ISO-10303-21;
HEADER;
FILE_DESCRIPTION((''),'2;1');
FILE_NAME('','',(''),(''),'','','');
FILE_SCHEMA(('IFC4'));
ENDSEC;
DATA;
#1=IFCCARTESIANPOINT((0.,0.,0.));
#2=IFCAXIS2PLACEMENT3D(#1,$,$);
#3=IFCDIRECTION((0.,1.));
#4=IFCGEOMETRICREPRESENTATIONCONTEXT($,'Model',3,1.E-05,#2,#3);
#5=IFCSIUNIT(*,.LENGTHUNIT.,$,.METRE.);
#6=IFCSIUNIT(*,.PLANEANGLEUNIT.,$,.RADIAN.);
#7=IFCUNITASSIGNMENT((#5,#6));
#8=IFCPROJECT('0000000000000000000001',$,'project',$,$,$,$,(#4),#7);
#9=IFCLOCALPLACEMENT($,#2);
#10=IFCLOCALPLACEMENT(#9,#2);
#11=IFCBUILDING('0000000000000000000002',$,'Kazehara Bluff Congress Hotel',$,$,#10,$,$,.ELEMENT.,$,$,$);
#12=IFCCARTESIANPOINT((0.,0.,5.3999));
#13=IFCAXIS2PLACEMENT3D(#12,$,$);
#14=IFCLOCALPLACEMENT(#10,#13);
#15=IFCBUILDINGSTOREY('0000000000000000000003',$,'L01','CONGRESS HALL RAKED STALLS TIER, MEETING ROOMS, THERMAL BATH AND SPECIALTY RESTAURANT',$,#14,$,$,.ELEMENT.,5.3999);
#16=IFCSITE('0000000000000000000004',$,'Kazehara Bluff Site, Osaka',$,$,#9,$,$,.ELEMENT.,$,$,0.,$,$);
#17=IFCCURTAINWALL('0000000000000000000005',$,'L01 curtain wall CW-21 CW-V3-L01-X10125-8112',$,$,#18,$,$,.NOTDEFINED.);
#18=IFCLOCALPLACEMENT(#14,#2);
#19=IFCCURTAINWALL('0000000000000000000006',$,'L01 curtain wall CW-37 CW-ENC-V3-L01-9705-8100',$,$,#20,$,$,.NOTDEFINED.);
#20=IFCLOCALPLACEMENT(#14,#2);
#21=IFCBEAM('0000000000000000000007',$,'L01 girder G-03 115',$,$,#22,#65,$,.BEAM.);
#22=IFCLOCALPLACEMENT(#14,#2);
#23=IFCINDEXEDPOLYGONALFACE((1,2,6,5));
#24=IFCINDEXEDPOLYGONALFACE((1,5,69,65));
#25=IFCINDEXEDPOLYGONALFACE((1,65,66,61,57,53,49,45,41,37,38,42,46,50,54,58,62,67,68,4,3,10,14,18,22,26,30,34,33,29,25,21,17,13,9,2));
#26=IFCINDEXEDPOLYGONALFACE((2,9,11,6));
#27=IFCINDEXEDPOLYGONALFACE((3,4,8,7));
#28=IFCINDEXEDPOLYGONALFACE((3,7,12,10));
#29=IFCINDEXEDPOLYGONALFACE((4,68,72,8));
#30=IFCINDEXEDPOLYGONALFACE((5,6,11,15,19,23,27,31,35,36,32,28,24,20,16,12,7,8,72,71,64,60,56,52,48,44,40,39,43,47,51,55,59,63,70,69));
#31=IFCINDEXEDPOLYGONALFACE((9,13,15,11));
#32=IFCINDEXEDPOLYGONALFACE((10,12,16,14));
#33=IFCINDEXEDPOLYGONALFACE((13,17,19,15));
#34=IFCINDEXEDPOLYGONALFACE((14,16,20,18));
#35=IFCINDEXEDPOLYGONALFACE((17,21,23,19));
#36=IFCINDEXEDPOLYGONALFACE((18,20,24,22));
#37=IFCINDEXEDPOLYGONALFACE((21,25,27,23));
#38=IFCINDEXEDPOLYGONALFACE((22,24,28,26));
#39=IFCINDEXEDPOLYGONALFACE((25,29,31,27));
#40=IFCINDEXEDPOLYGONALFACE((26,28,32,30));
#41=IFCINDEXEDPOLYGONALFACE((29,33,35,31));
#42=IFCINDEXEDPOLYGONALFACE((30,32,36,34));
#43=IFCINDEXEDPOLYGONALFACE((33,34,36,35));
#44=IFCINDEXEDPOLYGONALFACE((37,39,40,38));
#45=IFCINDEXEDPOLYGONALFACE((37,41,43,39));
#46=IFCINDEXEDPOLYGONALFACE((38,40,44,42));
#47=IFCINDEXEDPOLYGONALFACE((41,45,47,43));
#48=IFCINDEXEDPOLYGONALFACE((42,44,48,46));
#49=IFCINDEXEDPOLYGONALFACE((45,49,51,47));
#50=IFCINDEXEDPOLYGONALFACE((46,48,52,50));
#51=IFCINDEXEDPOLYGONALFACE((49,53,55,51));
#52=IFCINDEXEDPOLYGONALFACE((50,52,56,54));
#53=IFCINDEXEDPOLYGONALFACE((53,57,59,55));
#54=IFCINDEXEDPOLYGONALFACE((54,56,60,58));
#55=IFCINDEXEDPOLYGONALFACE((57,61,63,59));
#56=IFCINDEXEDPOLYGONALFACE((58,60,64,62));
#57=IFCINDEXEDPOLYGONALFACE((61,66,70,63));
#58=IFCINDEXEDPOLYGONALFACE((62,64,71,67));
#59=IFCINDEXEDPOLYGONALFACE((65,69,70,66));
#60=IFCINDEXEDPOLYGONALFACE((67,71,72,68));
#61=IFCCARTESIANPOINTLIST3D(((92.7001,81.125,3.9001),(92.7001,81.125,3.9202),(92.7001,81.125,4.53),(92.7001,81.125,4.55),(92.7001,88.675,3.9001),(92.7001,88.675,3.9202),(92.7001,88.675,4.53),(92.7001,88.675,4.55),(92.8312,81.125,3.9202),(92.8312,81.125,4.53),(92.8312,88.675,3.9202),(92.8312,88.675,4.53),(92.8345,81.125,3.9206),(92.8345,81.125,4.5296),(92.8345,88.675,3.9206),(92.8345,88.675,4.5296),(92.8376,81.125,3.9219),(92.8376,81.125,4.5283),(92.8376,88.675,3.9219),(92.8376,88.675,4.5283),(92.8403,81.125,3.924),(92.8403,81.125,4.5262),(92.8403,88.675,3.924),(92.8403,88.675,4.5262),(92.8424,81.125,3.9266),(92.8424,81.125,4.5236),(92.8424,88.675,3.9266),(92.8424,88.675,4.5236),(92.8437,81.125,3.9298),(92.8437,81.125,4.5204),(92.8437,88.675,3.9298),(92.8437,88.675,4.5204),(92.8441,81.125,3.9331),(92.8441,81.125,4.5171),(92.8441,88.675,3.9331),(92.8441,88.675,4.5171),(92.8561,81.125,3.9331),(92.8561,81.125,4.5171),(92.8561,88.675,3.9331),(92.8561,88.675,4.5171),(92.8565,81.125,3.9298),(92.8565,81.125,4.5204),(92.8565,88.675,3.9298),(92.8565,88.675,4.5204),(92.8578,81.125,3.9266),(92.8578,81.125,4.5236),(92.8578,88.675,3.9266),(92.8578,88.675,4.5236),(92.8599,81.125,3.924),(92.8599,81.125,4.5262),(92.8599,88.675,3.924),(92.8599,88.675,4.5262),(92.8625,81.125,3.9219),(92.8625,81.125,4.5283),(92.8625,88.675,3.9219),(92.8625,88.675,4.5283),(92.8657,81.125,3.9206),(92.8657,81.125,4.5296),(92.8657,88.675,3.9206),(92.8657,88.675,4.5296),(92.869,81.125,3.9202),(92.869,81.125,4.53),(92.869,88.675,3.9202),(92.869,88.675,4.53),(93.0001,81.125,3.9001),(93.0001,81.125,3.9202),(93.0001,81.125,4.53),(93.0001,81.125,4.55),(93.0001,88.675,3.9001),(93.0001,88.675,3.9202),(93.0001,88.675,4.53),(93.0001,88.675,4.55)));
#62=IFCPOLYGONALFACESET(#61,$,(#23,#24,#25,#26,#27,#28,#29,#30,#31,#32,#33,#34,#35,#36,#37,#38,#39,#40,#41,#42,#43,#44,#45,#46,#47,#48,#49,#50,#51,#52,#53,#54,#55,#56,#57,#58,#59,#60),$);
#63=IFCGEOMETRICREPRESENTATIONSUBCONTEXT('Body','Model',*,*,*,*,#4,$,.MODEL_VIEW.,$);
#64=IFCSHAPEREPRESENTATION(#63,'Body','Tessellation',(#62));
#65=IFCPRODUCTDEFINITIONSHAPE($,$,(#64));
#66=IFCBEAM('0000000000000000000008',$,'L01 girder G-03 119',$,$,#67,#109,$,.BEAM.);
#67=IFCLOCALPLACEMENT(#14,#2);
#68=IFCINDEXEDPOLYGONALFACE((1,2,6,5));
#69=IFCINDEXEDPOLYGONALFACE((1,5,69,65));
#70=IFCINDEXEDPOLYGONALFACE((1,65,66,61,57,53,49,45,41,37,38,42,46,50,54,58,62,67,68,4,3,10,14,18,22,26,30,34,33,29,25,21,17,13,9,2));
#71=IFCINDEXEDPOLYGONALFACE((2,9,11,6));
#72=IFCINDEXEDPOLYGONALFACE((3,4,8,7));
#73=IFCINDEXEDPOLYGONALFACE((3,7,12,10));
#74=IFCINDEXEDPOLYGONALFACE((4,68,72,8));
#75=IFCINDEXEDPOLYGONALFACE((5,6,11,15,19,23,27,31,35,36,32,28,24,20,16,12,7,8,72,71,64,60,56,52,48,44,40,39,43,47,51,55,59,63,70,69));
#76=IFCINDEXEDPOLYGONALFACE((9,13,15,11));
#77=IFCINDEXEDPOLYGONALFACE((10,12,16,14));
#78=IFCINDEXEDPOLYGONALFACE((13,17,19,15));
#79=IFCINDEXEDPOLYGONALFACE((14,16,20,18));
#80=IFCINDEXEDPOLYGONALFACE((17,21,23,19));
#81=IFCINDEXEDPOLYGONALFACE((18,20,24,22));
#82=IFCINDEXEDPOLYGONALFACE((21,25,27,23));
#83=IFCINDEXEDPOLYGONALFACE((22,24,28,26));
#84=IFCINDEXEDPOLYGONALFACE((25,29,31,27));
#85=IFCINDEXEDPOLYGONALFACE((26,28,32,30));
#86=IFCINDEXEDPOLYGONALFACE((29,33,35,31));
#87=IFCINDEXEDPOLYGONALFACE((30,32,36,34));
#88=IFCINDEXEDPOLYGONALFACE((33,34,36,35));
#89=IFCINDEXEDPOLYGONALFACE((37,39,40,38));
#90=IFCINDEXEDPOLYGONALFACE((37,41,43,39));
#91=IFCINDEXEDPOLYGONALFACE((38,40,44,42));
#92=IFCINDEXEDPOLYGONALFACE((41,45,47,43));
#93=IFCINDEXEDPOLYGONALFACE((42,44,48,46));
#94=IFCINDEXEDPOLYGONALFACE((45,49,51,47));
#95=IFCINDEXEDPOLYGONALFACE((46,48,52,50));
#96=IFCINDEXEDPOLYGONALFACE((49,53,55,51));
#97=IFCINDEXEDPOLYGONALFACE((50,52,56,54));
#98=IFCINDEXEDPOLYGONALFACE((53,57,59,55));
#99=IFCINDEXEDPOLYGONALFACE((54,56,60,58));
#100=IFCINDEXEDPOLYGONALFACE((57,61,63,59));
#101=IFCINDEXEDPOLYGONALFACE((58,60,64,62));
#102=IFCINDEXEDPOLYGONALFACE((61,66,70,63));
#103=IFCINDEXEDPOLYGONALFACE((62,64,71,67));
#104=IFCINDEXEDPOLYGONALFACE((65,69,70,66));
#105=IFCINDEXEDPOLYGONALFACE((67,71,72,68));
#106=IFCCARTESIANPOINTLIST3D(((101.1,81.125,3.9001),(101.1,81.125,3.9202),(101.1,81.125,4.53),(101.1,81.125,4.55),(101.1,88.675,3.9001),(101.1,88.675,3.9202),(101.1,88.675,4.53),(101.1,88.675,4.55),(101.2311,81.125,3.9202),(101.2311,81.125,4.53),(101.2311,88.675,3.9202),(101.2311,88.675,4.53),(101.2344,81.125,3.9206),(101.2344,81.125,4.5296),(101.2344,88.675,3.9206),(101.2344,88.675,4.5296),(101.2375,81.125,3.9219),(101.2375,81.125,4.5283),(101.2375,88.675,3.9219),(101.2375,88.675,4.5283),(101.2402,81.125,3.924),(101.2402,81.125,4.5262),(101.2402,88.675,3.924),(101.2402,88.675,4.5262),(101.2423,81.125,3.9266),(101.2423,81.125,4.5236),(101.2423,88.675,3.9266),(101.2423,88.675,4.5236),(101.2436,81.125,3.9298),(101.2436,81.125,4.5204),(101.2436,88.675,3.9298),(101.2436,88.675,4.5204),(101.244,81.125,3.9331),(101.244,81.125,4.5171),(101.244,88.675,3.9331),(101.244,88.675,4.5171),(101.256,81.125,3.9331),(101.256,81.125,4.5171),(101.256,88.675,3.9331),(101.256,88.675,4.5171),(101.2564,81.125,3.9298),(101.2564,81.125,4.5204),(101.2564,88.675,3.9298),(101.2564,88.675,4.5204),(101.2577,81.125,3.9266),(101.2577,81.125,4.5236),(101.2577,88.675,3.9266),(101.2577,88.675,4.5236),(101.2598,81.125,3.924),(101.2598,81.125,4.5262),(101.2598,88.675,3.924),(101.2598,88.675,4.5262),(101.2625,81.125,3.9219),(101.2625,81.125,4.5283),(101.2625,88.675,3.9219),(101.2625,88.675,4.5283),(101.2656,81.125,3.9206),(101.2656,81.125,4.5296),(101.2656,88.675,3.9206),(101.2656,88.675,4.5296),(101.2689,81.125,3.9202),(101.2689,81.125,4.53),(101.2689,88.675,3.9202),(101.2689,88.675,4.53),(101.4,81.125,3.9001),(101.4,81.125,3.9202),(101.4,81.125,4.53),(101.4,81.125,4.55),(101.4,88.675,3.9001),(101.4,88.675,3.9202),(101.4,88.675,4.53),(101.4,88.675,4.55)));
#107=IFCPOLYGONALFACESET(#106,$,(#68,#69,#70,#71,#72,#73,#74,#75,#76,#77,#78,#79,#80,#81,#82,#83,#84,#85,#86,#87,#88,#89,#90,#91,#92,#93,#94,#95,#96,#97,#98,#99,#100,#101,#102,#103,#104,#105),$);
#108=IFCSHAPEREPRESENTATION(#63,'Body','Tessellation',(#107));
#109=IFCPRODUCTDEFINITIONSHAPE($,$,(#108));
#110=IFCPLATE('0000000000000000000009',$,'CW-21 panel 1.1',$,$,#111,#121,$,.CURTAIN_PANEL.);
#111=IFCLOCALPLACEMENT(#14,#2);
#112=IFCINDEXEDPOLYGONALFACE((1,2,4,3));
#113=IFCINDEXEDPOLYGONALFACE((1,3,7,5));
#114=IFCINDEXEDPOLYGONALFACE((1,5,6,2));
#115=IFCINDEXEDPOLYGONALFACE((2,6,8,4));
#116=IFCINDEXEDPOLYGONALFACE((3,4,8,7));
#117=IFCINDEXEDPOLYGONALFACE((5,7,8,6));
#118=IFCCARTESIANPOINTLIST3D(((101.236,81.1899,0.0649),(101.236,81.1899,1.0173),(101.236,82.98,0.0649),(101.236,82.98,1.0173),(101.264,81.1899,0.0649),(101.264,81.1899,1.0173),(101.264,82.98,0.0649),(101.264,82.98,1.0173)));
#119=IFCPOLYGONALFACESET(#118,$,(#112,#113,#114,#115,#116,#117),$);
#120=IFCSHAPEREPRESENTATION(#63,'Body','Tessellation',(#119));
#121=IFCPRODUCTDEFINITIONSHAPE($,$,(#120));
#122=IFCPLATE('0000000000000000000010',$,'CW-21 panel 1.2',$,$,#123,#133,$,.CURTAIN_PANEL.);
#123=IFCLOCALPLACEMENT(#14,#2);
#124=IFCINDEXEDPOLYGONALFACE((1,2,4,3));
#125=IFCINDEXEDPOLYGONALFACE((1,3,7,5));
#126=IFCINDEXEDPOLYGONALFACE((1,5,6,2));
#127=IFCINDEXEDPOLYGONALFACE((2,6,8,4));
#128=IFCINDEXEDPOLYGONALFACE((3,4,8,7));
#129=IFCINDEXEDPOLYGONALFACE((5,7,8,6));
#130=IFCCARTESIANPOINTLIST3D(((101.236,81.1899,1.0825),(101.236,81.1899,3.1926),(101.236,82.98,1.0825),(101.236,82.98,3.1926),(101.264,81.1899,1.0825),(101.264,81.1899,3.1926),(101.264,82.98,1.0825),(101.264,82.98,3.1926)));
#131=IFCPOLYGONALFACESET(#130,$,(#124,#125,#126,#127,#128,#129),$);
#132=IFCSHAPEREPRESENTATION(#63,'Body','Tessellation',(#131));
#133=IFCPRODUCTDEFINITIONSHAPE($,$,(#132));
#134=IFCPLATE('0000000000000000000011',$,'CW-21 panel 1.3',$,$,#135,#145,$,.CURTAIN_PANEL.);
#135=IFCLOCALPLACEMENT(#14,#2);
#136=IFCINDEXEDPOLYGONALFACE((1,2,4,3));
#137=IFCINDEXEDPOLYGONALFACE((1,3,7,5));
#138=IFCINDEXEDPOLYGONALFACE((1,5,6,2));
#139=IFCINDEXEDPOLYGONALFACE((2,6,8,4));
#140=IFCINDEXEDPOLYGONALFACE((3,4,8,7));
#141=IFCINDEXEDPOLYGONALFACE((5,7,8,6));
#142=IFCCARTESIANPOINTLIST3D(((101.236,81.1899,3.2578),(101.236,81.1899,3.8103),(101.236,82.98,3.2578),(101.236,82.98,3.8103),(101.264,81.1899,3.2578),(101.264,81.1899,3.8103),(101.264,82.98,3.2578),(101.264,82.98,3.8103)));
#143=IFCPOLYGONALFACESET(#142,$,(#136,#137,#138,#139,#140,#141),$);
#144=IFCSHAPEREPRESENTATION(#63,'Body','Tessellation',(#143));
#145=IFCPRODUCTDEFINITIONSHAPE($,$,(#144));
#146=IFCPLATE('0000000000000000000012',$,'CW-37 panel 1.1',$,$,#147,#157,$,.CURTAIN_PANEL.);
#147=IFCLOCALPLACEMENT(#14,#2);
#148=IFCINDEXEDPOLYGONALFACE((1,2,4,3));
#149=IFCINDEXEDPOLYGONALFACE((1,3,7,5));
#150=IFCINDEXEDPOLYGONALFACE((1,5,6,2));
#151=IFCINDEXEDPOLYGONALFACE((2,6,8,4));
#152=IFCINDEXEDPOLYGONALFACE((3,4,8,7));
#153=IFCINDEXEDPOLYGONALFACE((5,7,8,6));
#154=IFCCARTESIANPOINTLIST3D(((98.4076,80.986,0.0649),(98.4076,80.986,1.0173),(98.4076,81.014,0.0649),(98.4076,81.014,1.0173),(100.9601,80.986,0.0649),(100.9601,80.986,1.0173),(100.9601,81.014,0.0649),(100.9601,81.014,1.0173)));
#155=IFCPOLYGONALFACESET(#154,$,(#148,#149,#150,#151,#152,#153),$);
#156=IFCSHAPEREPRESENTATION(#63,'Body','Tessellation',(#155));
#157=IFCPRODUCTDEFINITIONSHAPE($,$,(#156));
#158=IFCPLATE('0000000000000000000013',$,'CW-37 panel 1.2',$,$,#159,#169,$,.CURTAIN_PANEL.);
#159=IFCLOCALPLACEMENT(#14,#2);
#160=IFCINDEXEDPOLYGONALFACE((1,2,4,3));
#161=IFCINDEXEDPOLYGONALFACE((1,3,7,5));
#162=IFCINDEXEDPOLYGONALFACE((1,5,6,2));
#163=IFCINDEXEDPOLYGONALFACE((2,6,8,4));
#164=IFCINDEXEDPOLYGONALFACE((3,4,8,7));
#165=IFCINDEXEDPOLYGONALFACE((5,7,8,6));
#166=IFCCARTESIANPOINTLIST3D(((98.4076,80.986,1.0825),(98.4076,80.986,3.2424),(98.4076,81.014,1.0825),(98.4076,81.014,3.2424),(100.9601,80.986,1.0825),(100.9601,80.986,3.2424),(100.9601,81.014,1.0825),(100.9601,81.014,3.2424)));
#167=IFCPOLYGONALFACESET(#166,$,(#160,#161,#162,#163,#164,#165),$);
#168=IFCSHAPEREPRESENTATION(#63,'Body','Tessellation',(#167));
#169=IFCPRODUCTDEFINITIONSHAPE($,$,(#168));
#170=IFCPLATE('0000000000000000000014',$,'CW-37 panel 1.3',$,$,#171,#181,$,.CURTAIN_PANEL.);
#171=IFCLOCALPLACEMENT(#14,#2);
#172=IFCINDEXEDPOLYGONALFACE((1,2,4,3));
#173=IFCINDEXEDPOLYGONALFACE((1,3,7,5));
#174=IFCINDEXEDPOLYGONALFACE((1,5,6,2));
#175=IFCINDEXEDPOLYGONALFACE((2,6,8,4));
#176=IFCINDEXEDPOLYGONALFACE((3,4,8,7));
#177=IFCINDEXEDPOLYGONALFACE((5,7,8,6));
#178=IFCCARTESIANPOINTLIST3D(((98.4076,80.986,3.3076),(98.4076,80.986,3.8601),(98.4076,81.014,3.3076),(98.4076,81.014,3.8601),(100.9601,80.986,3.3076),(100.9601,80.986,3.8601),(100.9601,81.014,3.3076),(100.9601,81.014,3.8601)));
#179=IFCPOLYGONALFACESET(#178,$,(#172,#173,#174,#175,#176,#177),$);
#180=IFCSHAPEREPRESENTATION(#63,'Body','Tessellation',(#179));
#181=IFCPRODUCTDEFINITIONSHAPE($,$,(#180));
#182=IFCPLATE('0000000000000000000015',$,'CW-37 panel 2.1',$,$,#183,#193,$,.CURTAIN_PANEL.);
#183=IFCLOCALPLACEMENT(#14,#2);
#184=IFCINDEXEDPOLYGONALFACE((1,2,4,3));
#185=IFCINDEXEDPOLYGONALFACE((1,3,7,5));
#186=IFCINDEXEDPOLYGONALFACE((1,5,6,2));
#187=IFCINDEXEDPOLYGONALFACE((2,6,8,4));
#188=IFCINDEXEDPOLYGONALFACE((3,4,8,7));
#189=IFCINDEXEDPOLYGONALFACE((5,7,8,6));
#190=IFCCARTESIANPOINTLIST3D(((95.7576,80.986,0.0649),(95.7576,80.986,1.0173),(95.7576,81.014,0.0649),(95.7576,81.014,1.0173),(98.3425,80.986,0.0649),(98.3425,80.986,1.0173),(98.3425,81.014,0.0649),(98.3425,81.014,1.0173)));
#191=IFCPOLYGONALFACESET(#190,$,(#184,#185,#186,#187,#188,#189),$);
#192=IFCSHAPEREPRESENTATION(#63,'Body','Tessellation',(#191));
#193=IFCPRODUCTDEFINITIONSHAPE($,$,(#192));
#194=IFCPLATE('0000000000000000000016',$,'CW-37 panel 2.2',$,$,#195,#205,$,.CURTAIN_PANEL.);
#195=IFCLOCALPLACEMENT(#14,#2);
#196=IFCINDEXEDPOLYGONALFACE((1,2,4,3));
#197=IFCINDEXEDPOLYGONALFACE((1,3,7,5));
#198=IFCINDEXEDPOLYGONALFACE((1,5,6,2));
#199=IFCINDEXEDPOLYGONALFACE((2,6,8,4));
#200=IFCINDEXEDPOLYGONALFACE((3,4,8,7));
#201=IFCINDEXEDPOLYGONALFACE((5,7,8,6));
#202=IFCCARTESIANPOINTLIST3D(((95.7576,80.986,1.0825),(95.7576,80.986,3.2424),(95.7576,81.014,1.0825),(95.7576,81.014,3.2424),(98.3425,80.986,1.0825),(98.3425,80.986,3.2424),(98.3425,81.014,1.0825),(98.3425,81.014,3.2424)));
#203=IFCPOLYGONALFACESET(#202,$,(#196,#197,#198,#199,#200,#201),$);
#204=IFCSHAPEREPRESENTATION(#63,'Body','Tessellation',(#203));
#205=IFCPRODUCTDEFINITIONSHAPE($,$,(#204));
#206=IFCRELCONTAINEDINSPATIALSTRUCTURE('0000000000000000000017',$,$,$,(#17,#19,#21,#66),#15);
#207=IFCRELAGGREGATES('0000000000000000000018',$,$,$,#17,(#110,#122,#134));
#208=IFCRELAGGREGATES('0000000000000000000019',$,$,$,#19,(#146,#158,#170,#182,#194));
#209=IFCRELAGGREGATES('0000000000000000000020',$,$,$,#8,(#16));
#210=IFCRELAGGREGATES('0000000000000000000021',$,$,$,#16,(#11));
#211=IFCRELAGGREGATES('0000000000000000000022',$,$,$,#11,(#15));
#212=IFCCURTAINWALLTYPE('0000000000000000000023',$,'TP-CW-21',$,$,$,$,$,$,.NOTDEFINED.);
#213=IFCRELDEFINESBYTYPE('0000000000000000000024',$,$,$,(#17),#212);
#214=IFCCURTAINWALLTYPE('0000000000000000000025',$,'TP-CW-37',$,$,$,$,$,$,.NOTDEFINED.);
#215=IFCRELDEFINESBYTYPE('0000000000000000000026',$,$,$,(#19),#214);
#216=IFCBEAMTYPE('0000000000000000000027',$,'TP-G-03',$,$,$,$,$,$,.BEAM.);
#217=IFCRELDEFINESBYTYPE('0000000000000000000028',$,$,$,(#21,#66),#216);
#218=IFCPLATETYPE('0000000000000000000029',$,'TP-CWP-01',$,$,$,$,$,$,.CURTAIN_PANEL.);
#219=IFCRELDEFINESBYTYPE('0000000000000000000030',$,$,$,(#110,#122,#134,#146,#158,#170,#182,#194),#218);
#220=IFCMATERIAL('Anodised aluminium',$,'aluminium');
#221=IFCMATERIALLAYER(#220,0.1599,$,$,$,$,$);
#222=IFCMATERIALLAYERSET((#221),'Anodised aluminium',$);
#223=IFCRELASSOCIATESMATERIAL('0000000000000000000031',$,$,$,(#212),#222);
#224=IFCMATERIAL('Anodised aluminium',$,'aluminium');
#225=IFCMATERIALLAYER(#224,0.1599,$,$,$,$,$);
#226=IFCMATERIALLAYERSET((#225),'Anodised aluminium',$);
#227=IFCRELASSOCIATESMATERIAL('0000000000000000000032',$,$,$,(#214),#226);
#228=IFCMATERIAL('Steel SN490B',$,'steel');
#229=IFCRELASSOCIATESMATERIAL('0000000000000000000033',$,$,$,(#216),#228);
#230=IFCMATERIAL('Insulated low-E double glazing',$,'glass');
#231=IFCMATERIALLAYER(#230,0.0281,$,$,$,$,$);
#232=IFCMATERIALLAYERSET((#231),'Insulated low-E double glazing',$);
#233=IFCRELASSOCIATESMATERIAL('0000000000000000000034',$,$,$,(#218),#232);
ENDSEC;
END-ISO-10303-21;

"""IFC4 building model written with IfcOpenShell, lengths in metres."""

from ifc_helpers import new_model, si_unit, direction, frame, origin, origin_2d, place, context, subcontext, project, spatial, rectangle, i_section, extrude, material, layer, layer_set, material_profile, profile_set, type_object, element, aggregate, save


model = new_model("IFC4")

# Units and contexts
model_context = context("Model", 3, precision=1e-05, world=origin(), true_north=direction((0.0, 1.0)))
body_context = subcontext(model_context, "Body", "Model", "MODEL_VIEW")
ifc_project = project(units=[si_unit("LENGTHUNIT", "METRE"), si_unit("PLANEANGLEUNIT", "RADIAN")], contexts=[model_context])

# Site, building, storey
site_placement = place(None, origin())
site = spatial("IfcSite", under=ifc_project, at=site_placement, Name="Kazehara Bluff Site, Osaka", CompositionType="ELEMENT", RefElevation=0.0)
building_placement = place(site_placement, origin())
building = spatial("IfcBuilding", under=site, at=building_placement, Name="Kazehara Bluff Congress Hotel", CompositionType="ELEMENT")
storey_placement = place(building_placement, frame((0.0, 0.0, 5.3999)))
storey = spatial("IfcBuildingStorey", under=building, at=storey_placement, Name="L01", Description="CONGRESS HALL RAKED STALLS TIER, MEETING ROOMS, THERMAL BATH AND SPECIALTY RESTAURANT", CompositionType="ELEMENT", Elevation=5.3999)

# Curtain walls
ifc_material_1 = material(Name="Anodised aluminium", Category="aluminium")
ifc_layer_1 = layer(ifc_material_1, 0.1599)
ifc_layer_set_1 = layer_set([ifc_layer_1], Name="Anodised aluminium")
curtain_wall_type_1 = type_object("IfcCurtainWallType", Name="TP-CW-21", PredefinedType="NOTDEFINED", material=ifc_layer_set_1)
curtain_wall_1_placement = place(storey_placement, origin())
curtain_wall_1 = element("IfcCurtainWall", 1, at=curtain_wall_1_placement, inside=storey, type_object=curtain_wall_type_1, Name="L01 curtain wall CW-21 CW-V3-L01-X10125-8112", PredefinedType="NOTDEFINED")
ifc_material_2 = material(Name="Anodised aluminium", Category="aluminium")
ifc_layer_2 = layer(ifc_material_2, 0.1599)
ifc_layer_set_2 = layer_set([ifc_layer_2], Name="Anodised aluminium")
curtain_wall_type_2 = type_object("IfcCurtainWallType", Name="TP-CW-37", PredefinedType="NOTDEFINED", material=ifc_layer_set_2)
curtain_wall_2_placement = place(storey_placement, origin())
curtain_wall_2 = element("IfcCurtainWall", 2, at=curtain_wall_2_placement, inside=storey, type_object=curtain_wall_type_2, Name="L01 curtain wall CW-37 CW-ENC-V3-L01-9705-8100", PredefinedType="NOTDEFINED")

# Beams
ifc_material_3 = material(Name="Steel SN490B", Category="steel")
ifc_material_profile_1 = material_profile(ifc_material_3, i_section(OverallWidth=0.3, OverallDepth=0.6499, WebThickness=0.012, FlangeThickness=0.02, FilletRadius=0.0129, at=origin_2d()))
ifc_profile_set_1 = profile_set([ifc_material_profile_1], Name="Steel SN490B")
beam_type = type_object("IfcBeamType", Name="TP-G-03", PredefinedType="BEAM", material=ifc_profile_set_1)
for number, where, z_axis, x_axis, name in (
    (3, (92.8501, 81.125, 4.2251), (0.0, 1.0, 0.0), (-1.0, 0.0, 0.0), "L01 girder G-03 115"),
    (4, (101.25, 81.125, 4.2251), (0.0, 1.0, 0.0), (-1.0, 0.0, 0.0), "L01 girder G-03 119"),
):
    element("IfcBeam", number, at=place(storey_placement, frame(where, z_axis=z_axis, x_axis=x_axis)), inside=storey, type_object=beam_type, Name=name, PredefinedType="BEAM", context=body_context, shape_type="SweptSolid", body=[
        extrude(i_section(OverallWidth=0.3, OverallDepth=0.6499, WebThickness=0.012, FlangeThickness=0.02, FilletRadius=0.0129, at=origin_2d()), origin(), (0.0, 0.0, 1.0), 7.55),
    ])

# Plates
ifc_material_4 = material(Name="Insulated low-E double glazing", Category="glass")
ifc_layer_3 = layer(ifc_material_4, 0.0281)
ifc_layer_set_3 = layer_set([ifc_layer_3], Name="Insulated low-E double glazing")
plate_type = type_object("IfcPlateType", Name="TP-CWP-01", PredefinedType="CURTAIN_PANEL", material=ifc_layer_set_3)
plate_1_placement = place(storey_placement, frame((101.25, 82.085, 0.0649), z_axis=(0.0, 0.0, 1.0), x_axis=(0.0, 1.0, 0.0)))
plate_1 = element("IfcPlate", 5, at=plate_1_placement, type_object=plate_type, Name="CW-21 panel 1.1", PredefinedType="CURTAIN_PANEL", context=body_context, shape_type="SweptSolid", body=[
    extrude(rectangle(XDim=1.79, YDim=0.0281, at=origin_2d()), origin(), (0.0, 0.0, 1.0), 0.9524),
])
plate_2_placement = place(storey_placement, frame((101.25, 82.085, 1.0825), z_axis=(0.0, 0.0, 1.0), x_axis=(0.0, 1.0, 0.0)))
plate_2 = element("IfcPlate", 6, at=plate_2_placement, type_object=plate_type, Name="CW-21 panel 1.2", PredefinedType="CURTAIN_PANEL", context=body_context, shape_type="SweptSolid", body=[
    extrude(rectangle(XDim=1.79, YDim=0.0281, at=origin_2d()), origin(), (0.0, 0.0, 1.0), 2.1101),
])
plate_3_placement = place(storey_placement, frame((101.25, 82.085, 3.2578), z_axis=(0.0, 0.0, 1.0), x_axis=(0.0, 1.0, 0.0)))
plate_3 = element("IfcPlate", 7, at=plate_3_placement, type_object=plate_type, Name="CW-21 panel 1.3", PredefinedType="CURTAIN_PANEL", context=body_context, shape_type="SweptSolid", body=[
    extrude(rectangle(XDim=1.79, YDim=0.0281, at=origin_2d()), origin(), (0.0, 0.0, 1.0), 0.5525),
])
aggregate(curtain_wall_1, [plate_1, plate_2, plate_3])
plate_4_placement = place(storey_placement, frame((99.6838, 81.0, 0.0649), z_axis=(0.0, 0.0, 1.0), x_axis=(-1.0, 0.0, 0.0)))
plate_4 = element("IfcPlate", 8, at=plate_4_placement, type_object=plate_type, Name="CW-37 panel 1.1", PredefinedType="CURTAIN_PANEL", context=body_context, shape_type="SweptSolid", body=[
    extrude(rectangle(XDim=2.5525, YDim=0.0281, at=origin_2d()), origin(), (0.0, 0.0, 1.0), 0.9524),
])
plate_5_placement = place(storey_placement, frame((99.6838, 81.0, 1.0825), z_axis=(0.0, 0.0, 1.0), x_axis=(-1.0, 0.0, 0.0)))
plate_5 = element("IfcPlate", 9, at=plate_5_placement, type_object=plate_type, Name="CW-37 panel 1.2", PredefinedType="CURTAIN_PANEL", context=body_context, shape_type="SweptSolid", body=[
    extrude(rectangle(XDim=2.5525, YDim=0.0281, at=origin_2d()), origin(), (0.0, 0.0, 1.0), 2.1599),
])
plate_6_placement = place(storey_placement, frame((99.6838, 81.0, 3.3076), z_axis=(0.0, 0.0, 1.0), x_axis=(-1.0, 0.0, 0.0)))
plate_6 = element("IfcPlate", 10, at=plate_6_placement, type_object=plate_type, Name="CW-37 panel 1.3", PredefinedType="CURTAIN_PANEL", context=body_context, shape_type="SweptSolid", body=[
    extrude(rectangle(XDim=2.5525, YDim=0.0281, at=origin_2d()), origin(), (0.0, 0.0, 1.0), 0.5525),
])
plate_7_placement = place(storey_placement, frame((97.05, 81.0, 0.0649), z_axis=(0.0, 0.0, 1.0), x_axis=(-1.0, 0.0, 0.0)))
plate_7 = element("IfcPlate", 11, at=plate_7_placement, type_object=plate_type, Name="CW-37 panel 2.1", PredefinedType="CURTAIN_PANEL", context=body_context, shape_type="SweptSolid", body=[
    extrude(rectangle(XDim=2.585, YDim=0.0281, at=origin_2d()), origin(), (0.0, 0.0, 1.0), 0.9524),
])
plate_8_placement = place(storey_placement, frame((97.05, 81.0, 1.0825), z_axis=(0.0, 0.0, 1.0), x_axis=(-1.0, 0.0, 0.0)))
plate_8 = element("IfcPlate", 12, at=plate_8_placement, type_object=plate_type, Name="CW-37 panel 2.2", PredefinedType="CURTAIN_PANEL", context=body_context, shape_type="SweptSolid", body=[
    extrude(rectangle(XDim=2.585, YDim=0.0281, at=origin_2d()), origin(), (0.0, 0.0, 1.0), 2.1599),
])
aggregate(curtain_wall_2, [plate_4, plate_5, plate_6, plate_7, plate_8])

save(model, "model.ifc")
